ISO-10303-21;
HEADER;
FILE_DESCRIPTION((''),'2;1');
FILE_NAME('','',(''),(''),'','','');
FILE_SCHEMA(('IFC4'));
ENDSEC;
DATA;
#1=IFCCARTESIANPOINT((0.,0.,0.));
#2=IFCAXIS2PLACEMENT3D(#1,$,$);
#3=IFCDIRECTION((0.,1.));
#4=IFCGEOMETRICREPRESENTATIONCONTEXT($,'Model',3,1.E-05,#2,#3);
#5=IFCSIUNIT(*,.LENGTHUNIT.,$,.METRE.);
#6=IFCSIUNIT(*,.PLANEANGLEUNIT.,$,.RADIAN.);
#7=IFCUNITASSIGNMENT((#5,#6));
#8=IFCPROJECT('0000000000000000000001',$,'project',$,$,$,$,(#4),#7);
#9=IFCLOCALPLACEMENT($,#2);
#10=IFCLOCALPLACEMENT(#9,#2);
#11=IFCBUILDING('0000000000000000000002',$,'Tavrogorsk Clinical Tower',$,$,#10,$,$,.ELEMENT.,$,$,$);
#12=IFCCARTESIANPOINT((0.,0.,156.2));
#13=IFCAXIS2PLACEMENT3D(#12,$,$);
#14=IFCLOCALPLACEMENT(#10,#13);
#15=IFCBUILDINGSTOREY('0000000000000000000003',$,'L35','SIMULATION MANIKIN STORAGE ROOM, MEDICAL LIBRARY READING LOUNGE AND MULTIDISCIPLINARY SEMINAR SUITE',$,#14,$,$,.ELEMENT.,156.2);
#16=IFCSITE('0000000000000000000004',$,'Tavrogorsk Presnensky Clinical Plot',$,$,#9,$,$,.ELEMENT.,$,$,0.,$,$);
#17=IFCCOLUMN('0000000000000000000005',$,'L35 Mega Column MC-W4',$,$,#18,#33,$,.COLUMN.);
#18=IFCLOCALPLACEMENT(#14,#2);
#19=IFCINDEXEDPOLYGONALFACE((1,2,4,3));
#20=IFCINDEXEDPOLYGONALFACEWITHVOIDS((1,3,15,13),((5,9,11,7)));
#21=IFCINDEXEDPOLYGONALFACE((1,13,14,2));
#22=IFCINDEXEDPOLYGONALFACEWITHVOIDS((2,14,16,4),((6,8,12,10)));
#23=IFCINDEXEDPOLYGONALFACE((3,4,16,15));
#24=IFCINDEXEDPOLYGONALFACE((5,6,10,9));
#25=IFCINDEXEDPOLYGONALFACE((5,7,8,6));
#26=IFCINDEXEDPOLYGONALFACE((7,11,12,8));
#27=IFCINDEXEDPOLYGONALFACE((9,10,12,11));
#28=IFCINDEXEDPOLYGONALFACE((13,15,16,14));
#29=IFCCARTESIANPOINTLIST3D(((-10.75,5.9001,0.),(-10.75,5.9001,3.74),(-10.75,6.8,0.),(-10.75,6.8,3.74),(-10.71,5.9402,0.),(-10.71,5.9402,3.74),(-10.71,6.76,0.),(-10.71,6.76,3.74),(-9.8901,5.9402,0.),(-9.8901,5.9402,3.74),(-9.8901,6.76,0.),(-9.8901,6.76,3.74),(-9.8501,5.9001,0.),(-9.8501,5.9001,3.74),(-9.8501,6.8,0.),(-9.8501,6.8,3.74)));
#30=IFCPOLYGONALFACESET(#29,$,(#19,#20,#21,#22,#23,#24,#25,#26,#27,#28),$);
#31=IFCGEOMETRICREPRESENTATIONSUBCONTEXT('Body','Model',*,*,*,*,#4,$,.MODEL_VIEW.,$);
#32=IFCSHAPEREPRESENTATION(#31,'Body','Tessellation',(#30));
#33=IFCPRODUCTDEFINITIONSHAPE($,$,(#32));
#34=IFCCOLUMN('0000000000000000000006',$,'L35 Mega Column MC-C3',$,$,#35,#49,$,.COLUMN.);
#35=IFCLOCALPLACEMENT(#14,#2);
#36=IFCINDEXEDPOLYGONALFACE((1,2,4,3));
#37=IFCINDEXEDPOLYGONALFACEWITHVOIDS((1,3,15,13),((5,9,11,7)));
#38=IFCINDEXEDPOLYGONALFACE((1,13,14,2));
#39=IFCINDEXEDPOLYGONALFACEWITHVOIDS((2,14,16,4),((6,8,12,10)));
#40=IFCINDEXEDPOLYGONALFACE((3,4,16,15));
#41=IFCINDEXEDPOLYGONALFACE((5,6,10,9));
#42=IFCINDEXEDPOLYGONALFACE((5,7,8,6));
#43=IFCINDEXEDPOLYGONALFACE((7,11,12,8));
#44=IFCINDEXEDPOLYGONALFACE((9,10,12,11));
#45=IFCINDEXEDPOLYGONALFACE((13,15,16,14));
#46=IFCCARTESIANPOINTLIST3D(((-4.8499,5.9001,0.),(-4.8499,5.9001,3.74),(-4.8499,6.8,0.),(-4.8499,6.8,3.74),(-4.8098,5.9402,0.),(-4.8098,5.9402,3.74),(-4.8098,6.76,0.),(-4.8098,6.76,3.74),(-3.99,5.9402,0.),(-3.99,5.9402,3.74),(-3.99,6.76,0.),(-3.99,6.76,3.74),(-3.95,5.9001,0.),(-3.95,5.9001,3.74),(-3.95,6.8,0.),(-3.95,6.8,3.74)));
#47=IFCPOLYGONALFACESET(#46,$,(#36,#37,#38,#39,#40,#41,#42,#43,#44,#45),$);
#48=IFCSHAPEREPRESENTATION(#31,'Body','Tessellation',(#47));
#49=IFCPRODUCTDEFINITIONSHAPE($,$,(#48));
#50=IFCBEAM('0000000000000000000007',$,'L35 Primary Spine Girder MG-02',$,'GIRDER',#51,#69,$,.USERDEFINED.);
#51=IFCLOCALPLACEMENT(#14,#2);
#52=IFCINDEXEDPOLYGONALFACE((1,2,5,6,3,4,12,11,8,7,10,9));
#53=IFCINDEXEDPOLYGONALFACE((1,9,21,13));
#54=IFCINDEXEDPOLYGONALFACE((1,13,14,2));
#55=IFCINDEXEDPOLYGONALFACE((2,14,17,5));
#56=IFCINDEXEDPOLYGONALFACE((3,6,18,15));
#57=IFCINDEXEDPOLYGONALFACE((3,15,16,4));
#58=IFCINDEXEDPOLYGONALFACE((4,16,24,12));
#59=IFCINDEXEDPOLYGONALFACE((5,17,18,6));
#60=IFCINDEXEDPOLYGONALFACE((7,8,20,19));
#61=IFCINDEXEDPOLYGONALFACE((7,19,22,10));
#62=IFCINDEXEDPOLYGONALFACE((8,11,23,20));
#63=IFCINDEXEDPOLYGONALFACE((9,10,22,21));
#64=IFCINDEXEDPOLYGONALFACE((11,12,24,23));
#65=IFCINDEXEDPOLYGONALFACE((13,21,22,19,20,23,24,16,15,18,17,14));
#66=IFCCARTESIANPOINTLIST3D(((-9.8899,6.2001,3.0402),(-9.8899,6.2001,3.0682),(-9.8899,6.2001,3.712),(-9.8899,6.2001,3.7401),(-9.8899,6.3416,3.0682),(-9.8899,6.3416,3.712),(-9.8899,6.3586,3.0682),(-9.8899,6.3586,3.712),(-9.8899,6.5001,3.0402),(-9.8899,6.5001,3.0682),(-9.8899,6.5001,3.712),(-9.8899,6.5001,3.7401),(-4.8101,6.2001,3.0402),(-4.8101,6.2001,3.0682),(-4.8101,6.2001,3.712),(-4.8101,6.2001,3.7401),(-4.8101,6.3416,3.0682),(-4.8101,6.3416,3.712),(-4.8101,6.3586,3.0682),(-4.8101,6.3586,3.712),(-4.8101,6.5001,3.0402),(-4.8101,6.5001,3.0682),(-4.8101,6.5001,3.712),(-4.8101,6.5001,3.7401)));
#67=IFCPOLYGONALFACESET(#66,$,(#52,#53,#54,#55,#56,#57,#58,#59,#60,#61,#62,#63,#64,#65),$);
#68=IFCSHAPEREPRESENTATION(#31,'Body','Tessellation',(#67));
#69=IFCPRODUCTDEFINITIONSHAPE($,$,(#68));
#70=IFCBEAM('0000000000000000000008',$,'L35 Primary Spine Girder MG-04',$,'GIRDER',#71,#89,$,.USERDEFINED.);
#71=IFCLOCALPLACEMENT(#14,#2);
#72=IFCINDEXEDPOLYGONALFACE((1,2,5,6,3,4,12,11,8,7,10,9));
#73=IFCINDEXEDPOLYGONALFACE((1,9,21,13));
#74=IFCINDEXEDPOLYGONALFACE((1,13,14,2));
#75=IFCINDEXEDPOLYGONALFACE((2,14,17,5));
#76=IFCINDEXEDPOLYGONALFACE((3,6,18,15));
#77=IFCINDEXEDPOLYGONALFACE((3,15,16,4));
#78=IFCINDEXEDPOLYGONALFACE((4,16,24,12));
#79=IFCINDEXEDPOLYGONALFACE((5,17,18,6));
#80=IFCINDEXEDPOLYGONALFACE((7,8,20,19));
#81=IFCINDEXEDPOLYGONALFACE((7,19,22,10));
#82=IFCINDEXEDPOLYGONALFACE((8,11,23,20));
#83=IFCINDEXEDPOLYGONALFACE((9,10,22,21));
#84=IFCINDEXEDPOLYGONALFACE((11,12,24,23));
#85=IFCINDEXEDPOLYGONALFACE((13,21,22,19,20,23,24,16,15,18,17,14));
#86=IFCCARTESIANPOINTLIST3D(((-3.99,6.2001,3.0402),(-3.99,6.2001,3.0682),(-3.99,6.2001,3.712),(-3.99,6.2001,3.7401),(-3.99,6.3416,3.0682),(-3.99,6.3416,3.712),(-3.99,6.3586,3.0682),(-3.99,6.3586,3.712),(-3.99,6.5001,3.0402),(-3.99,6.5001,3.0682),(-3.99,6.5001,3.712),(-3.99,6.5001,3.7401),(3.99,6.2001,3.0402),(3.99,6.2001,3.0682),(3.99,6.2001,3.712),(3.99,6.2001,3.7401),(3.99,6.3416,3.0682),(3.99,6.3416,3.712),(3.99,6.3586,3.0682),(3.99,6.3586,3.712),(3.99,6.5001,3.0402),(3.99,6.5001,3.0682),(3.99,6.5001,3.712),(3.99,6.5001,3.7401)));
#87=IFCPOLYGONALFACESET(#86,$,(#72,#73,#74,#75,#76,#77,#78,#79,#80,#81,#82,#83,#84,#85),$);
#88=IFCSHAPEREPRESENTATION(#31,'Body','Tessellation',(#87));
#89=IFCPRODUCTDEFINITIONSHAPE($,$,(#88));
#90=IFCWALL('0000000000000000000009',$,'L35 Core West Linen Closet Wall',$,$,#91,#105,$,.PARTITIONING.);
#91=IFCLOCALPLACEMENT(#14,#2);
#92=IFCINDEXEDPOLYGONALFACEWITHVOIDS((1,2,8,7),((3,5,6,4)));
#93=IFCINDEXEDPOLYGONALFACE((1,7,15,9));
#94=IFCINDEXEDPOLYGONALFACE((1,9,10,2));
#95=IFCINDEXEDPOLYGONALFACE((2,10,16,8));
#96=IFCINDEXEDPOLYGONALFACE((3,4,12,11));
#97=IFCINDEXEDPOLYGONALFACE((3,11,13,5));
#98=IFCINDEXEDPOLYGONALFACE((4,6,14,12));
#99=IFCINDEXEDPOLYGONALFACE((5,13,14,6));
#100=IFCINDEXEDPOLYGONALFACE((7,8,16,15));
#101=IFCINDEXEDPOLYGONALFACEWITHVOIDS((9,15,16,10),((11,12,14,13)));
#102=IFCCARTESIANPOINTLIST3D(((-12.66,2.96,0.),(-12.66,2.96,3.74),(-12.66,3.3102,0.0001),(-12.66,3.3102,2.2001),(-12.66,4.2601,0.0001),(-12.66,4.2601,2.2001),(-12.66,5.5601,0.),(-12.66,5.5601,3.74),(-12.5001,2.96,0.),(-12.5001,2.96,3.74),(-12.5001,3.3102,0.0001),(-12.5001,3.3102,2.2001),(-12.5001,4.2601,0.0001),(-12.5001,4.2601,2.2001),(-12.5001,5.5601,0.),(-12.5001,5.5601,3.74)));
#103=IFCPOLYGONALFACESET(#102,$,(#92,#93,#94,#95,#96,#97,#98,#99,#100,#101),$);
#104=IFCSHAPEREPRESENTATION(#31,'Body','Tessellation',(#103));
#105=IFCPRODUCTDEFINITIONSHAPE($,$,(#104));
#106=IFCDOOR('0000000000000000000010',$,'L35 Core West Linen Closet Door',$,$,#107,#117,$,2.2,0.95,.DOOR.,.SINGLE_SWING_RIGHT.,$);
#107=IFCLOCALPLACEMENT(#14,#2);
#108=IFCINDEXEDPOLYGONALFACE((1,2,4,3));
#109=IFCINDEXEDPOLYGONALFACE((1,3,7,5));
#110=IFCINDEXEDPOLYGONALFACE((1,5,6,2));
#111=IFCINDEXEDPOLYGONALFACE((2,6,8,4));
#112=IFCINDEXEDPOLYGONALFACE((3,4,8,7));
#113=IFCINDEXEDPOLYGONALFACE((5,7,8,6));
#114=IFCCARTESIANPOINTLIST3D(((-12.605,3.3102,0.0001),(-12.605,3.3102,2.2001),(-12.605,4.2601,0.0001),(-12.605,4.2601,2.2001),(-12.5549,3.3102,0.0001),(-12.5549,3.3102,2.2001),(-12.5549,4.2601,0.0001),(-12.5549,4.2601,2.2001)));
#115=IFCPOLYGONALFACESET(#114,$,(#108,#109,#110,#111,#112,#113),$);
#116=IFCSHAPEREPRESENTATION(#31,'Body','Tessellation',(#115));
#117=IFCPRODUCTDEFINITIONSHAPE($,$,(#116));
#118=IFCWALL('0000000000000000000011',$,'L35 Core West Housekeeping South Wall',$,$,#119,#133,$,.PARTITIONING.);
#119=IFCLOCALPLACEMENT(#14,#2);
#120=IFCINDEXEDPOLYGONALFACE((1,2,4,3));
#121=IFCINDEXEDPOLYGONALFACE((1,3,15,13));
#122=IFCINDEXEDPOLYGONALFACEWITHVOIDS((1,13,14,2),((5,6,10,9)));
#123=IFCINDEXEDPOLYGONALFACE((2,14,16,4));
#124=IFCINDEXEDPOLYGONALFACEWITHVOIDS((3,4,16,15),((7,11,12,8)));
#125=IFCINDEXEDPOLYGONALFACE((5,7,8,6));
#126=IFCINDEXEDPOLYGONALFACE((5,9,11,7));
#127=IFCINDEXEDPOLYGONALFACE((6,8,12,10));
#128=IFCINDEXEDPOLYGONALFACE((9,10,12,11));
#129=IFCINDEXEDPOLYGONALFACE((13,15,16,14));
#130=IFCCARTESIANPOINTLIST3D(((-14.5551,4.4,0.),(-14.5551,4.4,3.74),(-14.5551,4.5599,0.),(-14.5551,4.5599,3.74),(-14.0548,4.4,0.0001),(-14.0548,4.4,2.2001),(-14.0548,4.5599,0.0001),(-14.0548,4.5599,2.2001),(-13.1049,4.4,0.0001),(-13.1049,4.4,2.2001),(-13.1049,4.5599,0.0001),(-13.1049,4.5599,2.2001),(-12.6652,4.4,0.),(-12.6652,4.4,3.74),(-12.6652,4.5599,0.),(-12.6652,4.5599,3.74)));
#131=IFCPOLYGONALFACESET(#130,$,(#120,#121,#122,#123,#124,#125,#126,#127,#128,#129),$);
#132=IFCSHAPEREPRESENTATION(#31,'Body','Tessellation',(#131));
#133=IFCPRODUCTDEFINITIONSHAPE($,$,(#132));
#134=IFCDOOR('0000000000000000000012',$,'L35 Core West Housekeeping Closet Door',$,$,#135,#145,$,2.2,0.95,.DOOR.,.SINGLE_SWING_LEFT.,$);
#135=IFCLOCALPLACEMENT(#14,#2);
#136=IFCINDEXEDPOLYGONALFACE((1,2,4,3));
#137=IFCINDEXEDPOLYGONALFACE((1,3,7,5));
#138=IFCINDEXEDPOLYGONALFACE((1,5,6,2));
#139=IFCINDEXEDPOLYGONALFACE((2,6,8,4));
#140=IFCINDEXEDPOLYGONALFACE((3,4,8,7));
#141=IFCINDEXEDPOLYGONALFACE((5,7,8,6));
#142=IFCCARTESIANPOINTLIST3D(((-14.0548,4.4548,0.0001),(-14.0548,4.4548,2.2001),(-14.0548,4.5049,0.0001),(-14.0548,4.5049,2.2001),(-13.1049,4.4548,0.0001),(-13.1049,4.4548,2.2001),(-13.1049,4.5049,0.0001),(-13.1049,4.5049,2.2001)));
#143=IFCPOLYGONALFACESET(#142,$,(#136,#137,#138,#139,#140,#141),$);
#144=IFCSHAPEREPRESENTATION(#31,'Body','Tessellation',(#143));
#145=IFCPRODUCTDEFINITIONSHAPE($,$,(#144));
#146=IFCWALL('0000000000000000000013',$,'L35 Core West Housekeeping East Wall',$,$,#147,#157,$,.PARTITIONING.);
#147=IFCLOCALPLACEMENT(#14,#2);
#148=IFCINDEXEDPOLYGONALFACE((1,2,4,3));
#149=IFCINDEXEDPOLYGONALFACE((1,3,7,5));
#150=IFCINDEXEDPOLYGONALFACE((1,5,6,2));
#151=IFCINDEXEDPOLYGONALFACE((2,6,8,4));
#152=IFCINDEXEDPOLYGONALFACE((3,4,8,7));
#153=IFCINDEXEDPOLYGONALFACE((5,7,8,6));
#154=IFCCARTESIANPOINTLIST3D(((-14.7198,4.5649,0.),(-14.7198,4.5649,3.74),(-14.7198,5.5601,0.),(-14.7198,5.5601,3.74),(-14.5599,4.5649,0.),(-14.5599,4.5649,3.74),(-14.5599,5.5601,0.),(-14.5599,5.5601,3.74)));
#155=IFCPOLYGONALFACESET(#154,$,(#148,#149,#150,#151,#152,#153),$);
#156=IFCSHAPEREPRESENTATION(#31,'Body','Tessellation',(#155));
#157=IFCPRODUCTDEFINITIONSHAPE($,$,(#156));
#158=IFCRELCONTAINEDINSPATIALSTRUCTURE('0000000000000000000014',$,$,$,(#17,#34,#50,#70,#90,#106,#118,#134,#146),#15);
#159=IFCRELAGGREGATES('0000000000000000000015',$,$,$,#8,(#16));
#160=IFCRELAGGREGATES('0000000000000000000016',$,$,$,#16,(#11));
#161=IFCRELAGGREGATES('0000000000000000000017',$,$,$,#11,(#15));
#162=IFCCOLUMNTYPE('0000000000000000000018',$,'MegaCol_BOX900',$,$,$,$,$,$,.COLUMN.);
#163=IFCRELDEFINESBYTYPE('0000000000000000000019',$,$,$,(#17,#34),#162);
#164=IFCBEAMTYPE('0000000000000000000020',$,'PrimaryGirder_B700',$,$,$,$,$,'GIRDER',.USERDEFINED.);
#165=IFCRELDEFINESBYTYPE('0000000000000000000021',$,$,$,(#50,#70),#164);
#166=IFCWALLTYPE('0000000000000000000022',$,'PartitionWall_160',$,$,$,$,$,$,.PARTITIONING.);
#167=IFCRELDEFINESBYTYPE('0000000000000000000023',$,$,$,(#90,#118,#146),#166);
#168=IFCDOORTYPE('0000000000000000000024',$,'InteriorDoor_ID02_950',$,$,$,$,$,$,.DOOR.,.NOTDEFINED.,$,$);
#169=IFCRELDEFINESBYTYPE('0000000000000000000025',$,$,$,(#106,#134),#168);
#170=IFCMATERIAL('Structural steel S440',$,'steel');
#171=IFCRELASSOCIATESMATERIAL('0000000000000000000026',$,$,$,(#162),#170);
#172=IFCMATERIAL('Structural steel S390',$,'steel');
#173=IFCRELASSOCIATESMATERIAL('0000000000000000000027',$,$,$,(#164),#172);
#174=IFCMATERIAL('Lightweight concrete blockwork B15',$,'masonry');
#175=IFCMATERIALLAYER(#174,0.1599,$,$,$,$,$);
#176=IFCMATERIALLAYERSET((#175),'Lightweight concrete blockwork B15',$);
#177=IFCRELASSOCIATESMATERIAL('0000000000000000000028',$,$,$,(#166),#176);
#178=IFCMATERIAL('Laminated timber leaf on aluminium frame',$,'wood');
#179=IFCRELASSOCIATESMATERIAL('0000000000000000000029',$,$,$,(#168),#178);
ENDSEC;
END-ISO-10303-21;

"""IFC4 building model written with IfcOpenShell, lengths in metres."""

from ifc_helpers import new_model, si_unit, direction, frame, frame_2d, origin, origin_2d, place, context, subcontext, project, spatial, rectangle, hollow_rectangle, i_section, extrude, material, layer, layer_set, material_profile, profile_set, type_object, element, fill, save


model = new_model("IFC4")

# Units and contexts
model_context = context("Model", 3, precision=1e-05, world=origin(), true_north=direction((0.0, 1.0)))
body_context = subcontext(model_context, "Body", "Model", "MODEL_VIEW")
ifc_project = project(units=[si_unit("LENGTHUNIT", "METRE"), si_unit("PLANEANGLEUNIT", "RADIAN")], contexts=[model_context])

# Site, building, storey
site_placement = place(None, origin())
site = spatial("IfcSite", under=ifc_project, at=site_placement, Name="Tavrogorsk Presnensky Clinical Plot", CompositionType="ELEMENT", RefElevation=0.0)
building_placement = place(site_placement, origin())
building = spatial("IfcBuilding", under=site, at=building_placement, Name="Tavrogorsk Clinical Tower", CompositionType="ELEMENT")
storey_placement = place(building_placement, frame((0.0, 0.0, 156.2)))
storey = spatial("IfcBuildingStorey", under=building, at=storey_placement, Name="L35", Description="SIMULATION MANIKIN STORAGE ROOM, MEDICAL LIBRARY READING LOUNGE AND MULTIDISCIPLINARY SEMINAR SUITE", CompositionType="ELEMENT", Elevation=156.2)

# Columns
ifc_material_1 = material(Name="Structural steel S440", Category="steel")
ifc_material_profile_1 = material_profile(ifc_material_1, hollow_rectangle(XDim=0.8999, YDim=0.8999, WallThickness=0.04, at=origin_2d()), Name="BOX-900x900x40")
ifc_profile_set_1 = profile_set([ifc_material_profile_1], Name="Structural steel S440")
column_type = type_object("IfcColumnType", Name="MegaCol_BOX900", PredefinedType="COLUMN", material=ifc_profile_set_1)
for number, where, z_axis, x_axis, name in (
    (1, (-10.3, 6.3501, 0.0), (0.0, 0.0, 1.0), (1.0, 0.0, 0.0), "L35 Mega Column MC-W4"),
    (2, (-4.3999, 6.3501, 0.0), (0.0, 0.0, 1.0), (1.0, 0.0, 0.0), "L35 Mega Column MC-C3"),
):
    element("IfcColumn", number, at=place(storey_placement, frame(where, z_axis=z_axis, x_axis=x_axis)), inside=storey, type_object=column_type, Name=name, PredefinedType="COLUMN", context=body_context, shape_type="SweptSolid", body=[
        extrude(hollow_rectangle(XDim=0.8999, YDim=0.8999, WallThickness=0.04, at=origin_2d()), origin(), (0.0, 0.0, 1.0), 3.74),
    ])

# Beams
ifc_material_2 = material(Name="Structural steel S390", Category="steel")
ifc_material_profile_2 = material_profile(ifc_material_2, i_section(OverallWidth=0.3, OverallDepth=0.7, WebThickness=0.0171, FlangeThickness=0.0281, at=origin_2d()), Name="B-700x300x17x28")
ifc_profile_set_2 = profile_set([ifc_material_profile_2], Name="Structural steel S390")
beam_type = type_object("IfcBeamType", Name="PrimaryGirder_B700", ElementType="GIRDER", PredefinedType="USERDEFINED", material=ifc_profile_set_2)
beam_1_placement = place(storey_placement, frame((-9.8899, 6.3501, 3.3901), z_axis=(1.0, 0.0, 0.0), x_axis=(0.0, 1.0, 0.0)))
element("IfcBeam", 3, at=beam_1_placement, inside=storey, type_object=beam_type, Name="L35 Primary Spine Girder MG-02", ObjectType="GIRDER", PredefinedType="USERDEFINED", context=body_context, shape_type="SweptSolid", body=[
    extrude(i_section(OverallWidth=0.3, OverallDepth=0.7, WebThickness=0.0171, FlangeThickness=0.0281, at=origin_2d()), origin(), (0.0, 0.0, 1.0), 5.0798),
])
beam_2_placement = place(storey_placement, frame((-3.99, 6.3501, 3.3901), z_axis=(1.0, 0.0, 0.0), x_axis=(0.0, 1.0, 0.0)))
element("IfcBeam", 4, at=beam_2_placement, inside=storey, type_object=beam_type, Name="L35 Primary Spine Girder MG-04", ObjectType="GIRDER", PredefinedType="USERDEFINED", context=body_context, shape_type="SweptSolid", body=[
    extrude(i_section(OverallWidth=0.3, OverallDepth=0.7, WebThickness=0.0171, FlangeThickness=0.0281, at=origin_2d()), origin(), (0.0, 0.0, 1.0), 7.98),
])

# Walls, openings, doors
ifc_material_3 = material(Name="Lightweight concrete blockwork B15", Category="masonry")
ifc_layer_1 = layer(ifc_material_3, 0.1599)
ifc_layer_set_1 = layer_set([ifc_layer_1], Name="Lightweight concrete blockwork B15")
wall_type_1 = type_object("IfcWallType", Name="PartitionWall_160", PredefinedType="PARTITIONING", material=ifc_layer_set_1)
wall_1_placement = place(storey_placement, frame((-12.5801, 2.96, 0.0), z_axis=(0.0, 0.0, 1.0), x_axis=(0.0, 1.0, 0.0)))
wall_1 = element("IfcWall", 5, at=wall_1_placement, inside=storey, type_object=wall_type_1, Name="L35 Core West Linen Closet Wall", PredefinedType="PARTITIONING", context=body_context, shape_type="SweptSolid", body=[
    extrude(rectangle(XDim=2.6001, YDim=0.1599, at=frame_2d((1.3, 0.0))), origin(), (0.0, 0.0, 1.0), 3.74),
])
opening_1_placement = place(wall_1_placement, frame((0.3501, 0.0, 0.0)))
opening_1 = element("IfcOpeningElement", 6, at=opening_1_placement, cuts=wall_1, PredefinedType="OPENING", context=body_context, shape_type="SweptSolid", body=[
    extrude(rectangle(XDim=0.95, YDim=2.2, at=frame_2d((0.4751, 1.1001))), frame((0.0, 0.0898, 0.0), z_axis=(0.0, -1.0, 0.0), x_axis=(1.0, 0.0, 0.0)), (0.0, 0.0, 1.0), 0.1799),
])
ifc_material_4 = material(Name="Laminated timber leaf on aluminium frame", Category="wood")
door_type_1 = type_object("IfcDoorType", Name="InteriorDoor_ID02_950", OperationType="NOTDEFINED", PredefinedType="DOOR", material=ifc_material_4)
door_1_placement = place(opening_1_placement, origin())
door_1 = element("IfcDoor", 7, at=door_1_placement, inside=storey, type_object=door_type_1, Name="L35 Core West Linen Closet Door", OperationType="SINGLE_SWING_RIGHT", OverallHeight=2.2, OverallWidth=0.95, PredefinedType="DOOR", context=body_context, shape_type="SweptSolid", body=[
    extrude(rectangle(XDim=0.95, YDim=2.2, at=frame_2d((0.4751, 1.1001))), frame((0.0, 0.0249, 0.0), z_axis=(0.0, -1.0, 0.0), x_axis=(1.0, 0.0, 0.0)), (0.0, 0.0, 1.0), 0.05),
])
fill(opening_1, door_1)
wall_2_placement = place(storey_placement, frame((-14.5549, 4.48, 0.0), z_axis=(0.0, 0.0, 1.0), x_axis=(1.0, 0.0, 0.0)))
wall_2 = element("IfcWall", 8, at=wall_2_placement, inside=storey, type_object=wall_type_1, Name="L35 Core West Housekeeping South Wall", PredefinedType="PARTITIONING", context=body_context, shape_type="SweptSolid", body=[
    extrude(rectangle(XDim=1.8899, YDim=0.1599, at=frame_2d((0.9448, 0.0))), origin(), (0.0, 0.0, 1.0), 3.74),
])
opening_2_placement = place(wall_2_placement, frame((0.5, 0.0, 0.0)))
opening_2 = element("IfcOpeningElement", 9, at=opening_2_placement, cuts=wall_2, PredefinedType="OPENING", context=body_context, shape_type="SweptSolid", body=[
    extrude(rectangle(XDim=0.95, YDim=2.2, at=frame_2d((0.4751, 1.1001))), frame((0.0, 0.0898, 0.0), z_axis=(0.0, -1.0, 0.0), x_axis=(1.0, 0.0, 0.0)), (0.0, 0.0, 1.0), 0.1799),
])
door_2_placement = place(opening_2_placement, origin())
door_2 = element("IfcDoor", 10, at=door_2_placement, inside=storey, type_object=door_type_1, Name="L35 Core West Housekeeping Closet Door", OperationType="SINGLE_SWING_LEFT", OverallHeight=2.2, OverallWidth=0.95, PredefinedType="DOOR", context=body_context, shape_type="SweptSolid", body=[
    extrude(rectangle(XDim=0.95, YDim=2.2, at=frame_2d((0.4751, 1.1001))), frame((0.0, 0.0249, 0.0), z_axis=(0.0, -1.0, 0.0), x_axis=(1.0, 0.0, 0.0)), (0.0, 0.0, 1.0), 0.05),
])
fill(opening_2, door_2)

# Wall
wall_3_placement = place(storey_placement, frame((-14.6399, 4.5649, 0.0), z_axis=(0.0, 0.0, 1.0), x_axis=(0.0, 1.0, 0.0)))
element("IfcWall", 11, at=wall_3_placement, inside=storey, type_object=wall_type_1, Name="L35 Core West Housekeeping East Wall", PredefinedType="PARTITIONING", context=body_context, shape_type="SweptSolid", body=[
    extrude(rectangle(XDim=0.9951, YDim=0.1599, at=frame_2d((0.4976, 0.0))), origin(), (0.0, 0.0, 1.0), 3.74),
])

save(model, "model.ifc")
